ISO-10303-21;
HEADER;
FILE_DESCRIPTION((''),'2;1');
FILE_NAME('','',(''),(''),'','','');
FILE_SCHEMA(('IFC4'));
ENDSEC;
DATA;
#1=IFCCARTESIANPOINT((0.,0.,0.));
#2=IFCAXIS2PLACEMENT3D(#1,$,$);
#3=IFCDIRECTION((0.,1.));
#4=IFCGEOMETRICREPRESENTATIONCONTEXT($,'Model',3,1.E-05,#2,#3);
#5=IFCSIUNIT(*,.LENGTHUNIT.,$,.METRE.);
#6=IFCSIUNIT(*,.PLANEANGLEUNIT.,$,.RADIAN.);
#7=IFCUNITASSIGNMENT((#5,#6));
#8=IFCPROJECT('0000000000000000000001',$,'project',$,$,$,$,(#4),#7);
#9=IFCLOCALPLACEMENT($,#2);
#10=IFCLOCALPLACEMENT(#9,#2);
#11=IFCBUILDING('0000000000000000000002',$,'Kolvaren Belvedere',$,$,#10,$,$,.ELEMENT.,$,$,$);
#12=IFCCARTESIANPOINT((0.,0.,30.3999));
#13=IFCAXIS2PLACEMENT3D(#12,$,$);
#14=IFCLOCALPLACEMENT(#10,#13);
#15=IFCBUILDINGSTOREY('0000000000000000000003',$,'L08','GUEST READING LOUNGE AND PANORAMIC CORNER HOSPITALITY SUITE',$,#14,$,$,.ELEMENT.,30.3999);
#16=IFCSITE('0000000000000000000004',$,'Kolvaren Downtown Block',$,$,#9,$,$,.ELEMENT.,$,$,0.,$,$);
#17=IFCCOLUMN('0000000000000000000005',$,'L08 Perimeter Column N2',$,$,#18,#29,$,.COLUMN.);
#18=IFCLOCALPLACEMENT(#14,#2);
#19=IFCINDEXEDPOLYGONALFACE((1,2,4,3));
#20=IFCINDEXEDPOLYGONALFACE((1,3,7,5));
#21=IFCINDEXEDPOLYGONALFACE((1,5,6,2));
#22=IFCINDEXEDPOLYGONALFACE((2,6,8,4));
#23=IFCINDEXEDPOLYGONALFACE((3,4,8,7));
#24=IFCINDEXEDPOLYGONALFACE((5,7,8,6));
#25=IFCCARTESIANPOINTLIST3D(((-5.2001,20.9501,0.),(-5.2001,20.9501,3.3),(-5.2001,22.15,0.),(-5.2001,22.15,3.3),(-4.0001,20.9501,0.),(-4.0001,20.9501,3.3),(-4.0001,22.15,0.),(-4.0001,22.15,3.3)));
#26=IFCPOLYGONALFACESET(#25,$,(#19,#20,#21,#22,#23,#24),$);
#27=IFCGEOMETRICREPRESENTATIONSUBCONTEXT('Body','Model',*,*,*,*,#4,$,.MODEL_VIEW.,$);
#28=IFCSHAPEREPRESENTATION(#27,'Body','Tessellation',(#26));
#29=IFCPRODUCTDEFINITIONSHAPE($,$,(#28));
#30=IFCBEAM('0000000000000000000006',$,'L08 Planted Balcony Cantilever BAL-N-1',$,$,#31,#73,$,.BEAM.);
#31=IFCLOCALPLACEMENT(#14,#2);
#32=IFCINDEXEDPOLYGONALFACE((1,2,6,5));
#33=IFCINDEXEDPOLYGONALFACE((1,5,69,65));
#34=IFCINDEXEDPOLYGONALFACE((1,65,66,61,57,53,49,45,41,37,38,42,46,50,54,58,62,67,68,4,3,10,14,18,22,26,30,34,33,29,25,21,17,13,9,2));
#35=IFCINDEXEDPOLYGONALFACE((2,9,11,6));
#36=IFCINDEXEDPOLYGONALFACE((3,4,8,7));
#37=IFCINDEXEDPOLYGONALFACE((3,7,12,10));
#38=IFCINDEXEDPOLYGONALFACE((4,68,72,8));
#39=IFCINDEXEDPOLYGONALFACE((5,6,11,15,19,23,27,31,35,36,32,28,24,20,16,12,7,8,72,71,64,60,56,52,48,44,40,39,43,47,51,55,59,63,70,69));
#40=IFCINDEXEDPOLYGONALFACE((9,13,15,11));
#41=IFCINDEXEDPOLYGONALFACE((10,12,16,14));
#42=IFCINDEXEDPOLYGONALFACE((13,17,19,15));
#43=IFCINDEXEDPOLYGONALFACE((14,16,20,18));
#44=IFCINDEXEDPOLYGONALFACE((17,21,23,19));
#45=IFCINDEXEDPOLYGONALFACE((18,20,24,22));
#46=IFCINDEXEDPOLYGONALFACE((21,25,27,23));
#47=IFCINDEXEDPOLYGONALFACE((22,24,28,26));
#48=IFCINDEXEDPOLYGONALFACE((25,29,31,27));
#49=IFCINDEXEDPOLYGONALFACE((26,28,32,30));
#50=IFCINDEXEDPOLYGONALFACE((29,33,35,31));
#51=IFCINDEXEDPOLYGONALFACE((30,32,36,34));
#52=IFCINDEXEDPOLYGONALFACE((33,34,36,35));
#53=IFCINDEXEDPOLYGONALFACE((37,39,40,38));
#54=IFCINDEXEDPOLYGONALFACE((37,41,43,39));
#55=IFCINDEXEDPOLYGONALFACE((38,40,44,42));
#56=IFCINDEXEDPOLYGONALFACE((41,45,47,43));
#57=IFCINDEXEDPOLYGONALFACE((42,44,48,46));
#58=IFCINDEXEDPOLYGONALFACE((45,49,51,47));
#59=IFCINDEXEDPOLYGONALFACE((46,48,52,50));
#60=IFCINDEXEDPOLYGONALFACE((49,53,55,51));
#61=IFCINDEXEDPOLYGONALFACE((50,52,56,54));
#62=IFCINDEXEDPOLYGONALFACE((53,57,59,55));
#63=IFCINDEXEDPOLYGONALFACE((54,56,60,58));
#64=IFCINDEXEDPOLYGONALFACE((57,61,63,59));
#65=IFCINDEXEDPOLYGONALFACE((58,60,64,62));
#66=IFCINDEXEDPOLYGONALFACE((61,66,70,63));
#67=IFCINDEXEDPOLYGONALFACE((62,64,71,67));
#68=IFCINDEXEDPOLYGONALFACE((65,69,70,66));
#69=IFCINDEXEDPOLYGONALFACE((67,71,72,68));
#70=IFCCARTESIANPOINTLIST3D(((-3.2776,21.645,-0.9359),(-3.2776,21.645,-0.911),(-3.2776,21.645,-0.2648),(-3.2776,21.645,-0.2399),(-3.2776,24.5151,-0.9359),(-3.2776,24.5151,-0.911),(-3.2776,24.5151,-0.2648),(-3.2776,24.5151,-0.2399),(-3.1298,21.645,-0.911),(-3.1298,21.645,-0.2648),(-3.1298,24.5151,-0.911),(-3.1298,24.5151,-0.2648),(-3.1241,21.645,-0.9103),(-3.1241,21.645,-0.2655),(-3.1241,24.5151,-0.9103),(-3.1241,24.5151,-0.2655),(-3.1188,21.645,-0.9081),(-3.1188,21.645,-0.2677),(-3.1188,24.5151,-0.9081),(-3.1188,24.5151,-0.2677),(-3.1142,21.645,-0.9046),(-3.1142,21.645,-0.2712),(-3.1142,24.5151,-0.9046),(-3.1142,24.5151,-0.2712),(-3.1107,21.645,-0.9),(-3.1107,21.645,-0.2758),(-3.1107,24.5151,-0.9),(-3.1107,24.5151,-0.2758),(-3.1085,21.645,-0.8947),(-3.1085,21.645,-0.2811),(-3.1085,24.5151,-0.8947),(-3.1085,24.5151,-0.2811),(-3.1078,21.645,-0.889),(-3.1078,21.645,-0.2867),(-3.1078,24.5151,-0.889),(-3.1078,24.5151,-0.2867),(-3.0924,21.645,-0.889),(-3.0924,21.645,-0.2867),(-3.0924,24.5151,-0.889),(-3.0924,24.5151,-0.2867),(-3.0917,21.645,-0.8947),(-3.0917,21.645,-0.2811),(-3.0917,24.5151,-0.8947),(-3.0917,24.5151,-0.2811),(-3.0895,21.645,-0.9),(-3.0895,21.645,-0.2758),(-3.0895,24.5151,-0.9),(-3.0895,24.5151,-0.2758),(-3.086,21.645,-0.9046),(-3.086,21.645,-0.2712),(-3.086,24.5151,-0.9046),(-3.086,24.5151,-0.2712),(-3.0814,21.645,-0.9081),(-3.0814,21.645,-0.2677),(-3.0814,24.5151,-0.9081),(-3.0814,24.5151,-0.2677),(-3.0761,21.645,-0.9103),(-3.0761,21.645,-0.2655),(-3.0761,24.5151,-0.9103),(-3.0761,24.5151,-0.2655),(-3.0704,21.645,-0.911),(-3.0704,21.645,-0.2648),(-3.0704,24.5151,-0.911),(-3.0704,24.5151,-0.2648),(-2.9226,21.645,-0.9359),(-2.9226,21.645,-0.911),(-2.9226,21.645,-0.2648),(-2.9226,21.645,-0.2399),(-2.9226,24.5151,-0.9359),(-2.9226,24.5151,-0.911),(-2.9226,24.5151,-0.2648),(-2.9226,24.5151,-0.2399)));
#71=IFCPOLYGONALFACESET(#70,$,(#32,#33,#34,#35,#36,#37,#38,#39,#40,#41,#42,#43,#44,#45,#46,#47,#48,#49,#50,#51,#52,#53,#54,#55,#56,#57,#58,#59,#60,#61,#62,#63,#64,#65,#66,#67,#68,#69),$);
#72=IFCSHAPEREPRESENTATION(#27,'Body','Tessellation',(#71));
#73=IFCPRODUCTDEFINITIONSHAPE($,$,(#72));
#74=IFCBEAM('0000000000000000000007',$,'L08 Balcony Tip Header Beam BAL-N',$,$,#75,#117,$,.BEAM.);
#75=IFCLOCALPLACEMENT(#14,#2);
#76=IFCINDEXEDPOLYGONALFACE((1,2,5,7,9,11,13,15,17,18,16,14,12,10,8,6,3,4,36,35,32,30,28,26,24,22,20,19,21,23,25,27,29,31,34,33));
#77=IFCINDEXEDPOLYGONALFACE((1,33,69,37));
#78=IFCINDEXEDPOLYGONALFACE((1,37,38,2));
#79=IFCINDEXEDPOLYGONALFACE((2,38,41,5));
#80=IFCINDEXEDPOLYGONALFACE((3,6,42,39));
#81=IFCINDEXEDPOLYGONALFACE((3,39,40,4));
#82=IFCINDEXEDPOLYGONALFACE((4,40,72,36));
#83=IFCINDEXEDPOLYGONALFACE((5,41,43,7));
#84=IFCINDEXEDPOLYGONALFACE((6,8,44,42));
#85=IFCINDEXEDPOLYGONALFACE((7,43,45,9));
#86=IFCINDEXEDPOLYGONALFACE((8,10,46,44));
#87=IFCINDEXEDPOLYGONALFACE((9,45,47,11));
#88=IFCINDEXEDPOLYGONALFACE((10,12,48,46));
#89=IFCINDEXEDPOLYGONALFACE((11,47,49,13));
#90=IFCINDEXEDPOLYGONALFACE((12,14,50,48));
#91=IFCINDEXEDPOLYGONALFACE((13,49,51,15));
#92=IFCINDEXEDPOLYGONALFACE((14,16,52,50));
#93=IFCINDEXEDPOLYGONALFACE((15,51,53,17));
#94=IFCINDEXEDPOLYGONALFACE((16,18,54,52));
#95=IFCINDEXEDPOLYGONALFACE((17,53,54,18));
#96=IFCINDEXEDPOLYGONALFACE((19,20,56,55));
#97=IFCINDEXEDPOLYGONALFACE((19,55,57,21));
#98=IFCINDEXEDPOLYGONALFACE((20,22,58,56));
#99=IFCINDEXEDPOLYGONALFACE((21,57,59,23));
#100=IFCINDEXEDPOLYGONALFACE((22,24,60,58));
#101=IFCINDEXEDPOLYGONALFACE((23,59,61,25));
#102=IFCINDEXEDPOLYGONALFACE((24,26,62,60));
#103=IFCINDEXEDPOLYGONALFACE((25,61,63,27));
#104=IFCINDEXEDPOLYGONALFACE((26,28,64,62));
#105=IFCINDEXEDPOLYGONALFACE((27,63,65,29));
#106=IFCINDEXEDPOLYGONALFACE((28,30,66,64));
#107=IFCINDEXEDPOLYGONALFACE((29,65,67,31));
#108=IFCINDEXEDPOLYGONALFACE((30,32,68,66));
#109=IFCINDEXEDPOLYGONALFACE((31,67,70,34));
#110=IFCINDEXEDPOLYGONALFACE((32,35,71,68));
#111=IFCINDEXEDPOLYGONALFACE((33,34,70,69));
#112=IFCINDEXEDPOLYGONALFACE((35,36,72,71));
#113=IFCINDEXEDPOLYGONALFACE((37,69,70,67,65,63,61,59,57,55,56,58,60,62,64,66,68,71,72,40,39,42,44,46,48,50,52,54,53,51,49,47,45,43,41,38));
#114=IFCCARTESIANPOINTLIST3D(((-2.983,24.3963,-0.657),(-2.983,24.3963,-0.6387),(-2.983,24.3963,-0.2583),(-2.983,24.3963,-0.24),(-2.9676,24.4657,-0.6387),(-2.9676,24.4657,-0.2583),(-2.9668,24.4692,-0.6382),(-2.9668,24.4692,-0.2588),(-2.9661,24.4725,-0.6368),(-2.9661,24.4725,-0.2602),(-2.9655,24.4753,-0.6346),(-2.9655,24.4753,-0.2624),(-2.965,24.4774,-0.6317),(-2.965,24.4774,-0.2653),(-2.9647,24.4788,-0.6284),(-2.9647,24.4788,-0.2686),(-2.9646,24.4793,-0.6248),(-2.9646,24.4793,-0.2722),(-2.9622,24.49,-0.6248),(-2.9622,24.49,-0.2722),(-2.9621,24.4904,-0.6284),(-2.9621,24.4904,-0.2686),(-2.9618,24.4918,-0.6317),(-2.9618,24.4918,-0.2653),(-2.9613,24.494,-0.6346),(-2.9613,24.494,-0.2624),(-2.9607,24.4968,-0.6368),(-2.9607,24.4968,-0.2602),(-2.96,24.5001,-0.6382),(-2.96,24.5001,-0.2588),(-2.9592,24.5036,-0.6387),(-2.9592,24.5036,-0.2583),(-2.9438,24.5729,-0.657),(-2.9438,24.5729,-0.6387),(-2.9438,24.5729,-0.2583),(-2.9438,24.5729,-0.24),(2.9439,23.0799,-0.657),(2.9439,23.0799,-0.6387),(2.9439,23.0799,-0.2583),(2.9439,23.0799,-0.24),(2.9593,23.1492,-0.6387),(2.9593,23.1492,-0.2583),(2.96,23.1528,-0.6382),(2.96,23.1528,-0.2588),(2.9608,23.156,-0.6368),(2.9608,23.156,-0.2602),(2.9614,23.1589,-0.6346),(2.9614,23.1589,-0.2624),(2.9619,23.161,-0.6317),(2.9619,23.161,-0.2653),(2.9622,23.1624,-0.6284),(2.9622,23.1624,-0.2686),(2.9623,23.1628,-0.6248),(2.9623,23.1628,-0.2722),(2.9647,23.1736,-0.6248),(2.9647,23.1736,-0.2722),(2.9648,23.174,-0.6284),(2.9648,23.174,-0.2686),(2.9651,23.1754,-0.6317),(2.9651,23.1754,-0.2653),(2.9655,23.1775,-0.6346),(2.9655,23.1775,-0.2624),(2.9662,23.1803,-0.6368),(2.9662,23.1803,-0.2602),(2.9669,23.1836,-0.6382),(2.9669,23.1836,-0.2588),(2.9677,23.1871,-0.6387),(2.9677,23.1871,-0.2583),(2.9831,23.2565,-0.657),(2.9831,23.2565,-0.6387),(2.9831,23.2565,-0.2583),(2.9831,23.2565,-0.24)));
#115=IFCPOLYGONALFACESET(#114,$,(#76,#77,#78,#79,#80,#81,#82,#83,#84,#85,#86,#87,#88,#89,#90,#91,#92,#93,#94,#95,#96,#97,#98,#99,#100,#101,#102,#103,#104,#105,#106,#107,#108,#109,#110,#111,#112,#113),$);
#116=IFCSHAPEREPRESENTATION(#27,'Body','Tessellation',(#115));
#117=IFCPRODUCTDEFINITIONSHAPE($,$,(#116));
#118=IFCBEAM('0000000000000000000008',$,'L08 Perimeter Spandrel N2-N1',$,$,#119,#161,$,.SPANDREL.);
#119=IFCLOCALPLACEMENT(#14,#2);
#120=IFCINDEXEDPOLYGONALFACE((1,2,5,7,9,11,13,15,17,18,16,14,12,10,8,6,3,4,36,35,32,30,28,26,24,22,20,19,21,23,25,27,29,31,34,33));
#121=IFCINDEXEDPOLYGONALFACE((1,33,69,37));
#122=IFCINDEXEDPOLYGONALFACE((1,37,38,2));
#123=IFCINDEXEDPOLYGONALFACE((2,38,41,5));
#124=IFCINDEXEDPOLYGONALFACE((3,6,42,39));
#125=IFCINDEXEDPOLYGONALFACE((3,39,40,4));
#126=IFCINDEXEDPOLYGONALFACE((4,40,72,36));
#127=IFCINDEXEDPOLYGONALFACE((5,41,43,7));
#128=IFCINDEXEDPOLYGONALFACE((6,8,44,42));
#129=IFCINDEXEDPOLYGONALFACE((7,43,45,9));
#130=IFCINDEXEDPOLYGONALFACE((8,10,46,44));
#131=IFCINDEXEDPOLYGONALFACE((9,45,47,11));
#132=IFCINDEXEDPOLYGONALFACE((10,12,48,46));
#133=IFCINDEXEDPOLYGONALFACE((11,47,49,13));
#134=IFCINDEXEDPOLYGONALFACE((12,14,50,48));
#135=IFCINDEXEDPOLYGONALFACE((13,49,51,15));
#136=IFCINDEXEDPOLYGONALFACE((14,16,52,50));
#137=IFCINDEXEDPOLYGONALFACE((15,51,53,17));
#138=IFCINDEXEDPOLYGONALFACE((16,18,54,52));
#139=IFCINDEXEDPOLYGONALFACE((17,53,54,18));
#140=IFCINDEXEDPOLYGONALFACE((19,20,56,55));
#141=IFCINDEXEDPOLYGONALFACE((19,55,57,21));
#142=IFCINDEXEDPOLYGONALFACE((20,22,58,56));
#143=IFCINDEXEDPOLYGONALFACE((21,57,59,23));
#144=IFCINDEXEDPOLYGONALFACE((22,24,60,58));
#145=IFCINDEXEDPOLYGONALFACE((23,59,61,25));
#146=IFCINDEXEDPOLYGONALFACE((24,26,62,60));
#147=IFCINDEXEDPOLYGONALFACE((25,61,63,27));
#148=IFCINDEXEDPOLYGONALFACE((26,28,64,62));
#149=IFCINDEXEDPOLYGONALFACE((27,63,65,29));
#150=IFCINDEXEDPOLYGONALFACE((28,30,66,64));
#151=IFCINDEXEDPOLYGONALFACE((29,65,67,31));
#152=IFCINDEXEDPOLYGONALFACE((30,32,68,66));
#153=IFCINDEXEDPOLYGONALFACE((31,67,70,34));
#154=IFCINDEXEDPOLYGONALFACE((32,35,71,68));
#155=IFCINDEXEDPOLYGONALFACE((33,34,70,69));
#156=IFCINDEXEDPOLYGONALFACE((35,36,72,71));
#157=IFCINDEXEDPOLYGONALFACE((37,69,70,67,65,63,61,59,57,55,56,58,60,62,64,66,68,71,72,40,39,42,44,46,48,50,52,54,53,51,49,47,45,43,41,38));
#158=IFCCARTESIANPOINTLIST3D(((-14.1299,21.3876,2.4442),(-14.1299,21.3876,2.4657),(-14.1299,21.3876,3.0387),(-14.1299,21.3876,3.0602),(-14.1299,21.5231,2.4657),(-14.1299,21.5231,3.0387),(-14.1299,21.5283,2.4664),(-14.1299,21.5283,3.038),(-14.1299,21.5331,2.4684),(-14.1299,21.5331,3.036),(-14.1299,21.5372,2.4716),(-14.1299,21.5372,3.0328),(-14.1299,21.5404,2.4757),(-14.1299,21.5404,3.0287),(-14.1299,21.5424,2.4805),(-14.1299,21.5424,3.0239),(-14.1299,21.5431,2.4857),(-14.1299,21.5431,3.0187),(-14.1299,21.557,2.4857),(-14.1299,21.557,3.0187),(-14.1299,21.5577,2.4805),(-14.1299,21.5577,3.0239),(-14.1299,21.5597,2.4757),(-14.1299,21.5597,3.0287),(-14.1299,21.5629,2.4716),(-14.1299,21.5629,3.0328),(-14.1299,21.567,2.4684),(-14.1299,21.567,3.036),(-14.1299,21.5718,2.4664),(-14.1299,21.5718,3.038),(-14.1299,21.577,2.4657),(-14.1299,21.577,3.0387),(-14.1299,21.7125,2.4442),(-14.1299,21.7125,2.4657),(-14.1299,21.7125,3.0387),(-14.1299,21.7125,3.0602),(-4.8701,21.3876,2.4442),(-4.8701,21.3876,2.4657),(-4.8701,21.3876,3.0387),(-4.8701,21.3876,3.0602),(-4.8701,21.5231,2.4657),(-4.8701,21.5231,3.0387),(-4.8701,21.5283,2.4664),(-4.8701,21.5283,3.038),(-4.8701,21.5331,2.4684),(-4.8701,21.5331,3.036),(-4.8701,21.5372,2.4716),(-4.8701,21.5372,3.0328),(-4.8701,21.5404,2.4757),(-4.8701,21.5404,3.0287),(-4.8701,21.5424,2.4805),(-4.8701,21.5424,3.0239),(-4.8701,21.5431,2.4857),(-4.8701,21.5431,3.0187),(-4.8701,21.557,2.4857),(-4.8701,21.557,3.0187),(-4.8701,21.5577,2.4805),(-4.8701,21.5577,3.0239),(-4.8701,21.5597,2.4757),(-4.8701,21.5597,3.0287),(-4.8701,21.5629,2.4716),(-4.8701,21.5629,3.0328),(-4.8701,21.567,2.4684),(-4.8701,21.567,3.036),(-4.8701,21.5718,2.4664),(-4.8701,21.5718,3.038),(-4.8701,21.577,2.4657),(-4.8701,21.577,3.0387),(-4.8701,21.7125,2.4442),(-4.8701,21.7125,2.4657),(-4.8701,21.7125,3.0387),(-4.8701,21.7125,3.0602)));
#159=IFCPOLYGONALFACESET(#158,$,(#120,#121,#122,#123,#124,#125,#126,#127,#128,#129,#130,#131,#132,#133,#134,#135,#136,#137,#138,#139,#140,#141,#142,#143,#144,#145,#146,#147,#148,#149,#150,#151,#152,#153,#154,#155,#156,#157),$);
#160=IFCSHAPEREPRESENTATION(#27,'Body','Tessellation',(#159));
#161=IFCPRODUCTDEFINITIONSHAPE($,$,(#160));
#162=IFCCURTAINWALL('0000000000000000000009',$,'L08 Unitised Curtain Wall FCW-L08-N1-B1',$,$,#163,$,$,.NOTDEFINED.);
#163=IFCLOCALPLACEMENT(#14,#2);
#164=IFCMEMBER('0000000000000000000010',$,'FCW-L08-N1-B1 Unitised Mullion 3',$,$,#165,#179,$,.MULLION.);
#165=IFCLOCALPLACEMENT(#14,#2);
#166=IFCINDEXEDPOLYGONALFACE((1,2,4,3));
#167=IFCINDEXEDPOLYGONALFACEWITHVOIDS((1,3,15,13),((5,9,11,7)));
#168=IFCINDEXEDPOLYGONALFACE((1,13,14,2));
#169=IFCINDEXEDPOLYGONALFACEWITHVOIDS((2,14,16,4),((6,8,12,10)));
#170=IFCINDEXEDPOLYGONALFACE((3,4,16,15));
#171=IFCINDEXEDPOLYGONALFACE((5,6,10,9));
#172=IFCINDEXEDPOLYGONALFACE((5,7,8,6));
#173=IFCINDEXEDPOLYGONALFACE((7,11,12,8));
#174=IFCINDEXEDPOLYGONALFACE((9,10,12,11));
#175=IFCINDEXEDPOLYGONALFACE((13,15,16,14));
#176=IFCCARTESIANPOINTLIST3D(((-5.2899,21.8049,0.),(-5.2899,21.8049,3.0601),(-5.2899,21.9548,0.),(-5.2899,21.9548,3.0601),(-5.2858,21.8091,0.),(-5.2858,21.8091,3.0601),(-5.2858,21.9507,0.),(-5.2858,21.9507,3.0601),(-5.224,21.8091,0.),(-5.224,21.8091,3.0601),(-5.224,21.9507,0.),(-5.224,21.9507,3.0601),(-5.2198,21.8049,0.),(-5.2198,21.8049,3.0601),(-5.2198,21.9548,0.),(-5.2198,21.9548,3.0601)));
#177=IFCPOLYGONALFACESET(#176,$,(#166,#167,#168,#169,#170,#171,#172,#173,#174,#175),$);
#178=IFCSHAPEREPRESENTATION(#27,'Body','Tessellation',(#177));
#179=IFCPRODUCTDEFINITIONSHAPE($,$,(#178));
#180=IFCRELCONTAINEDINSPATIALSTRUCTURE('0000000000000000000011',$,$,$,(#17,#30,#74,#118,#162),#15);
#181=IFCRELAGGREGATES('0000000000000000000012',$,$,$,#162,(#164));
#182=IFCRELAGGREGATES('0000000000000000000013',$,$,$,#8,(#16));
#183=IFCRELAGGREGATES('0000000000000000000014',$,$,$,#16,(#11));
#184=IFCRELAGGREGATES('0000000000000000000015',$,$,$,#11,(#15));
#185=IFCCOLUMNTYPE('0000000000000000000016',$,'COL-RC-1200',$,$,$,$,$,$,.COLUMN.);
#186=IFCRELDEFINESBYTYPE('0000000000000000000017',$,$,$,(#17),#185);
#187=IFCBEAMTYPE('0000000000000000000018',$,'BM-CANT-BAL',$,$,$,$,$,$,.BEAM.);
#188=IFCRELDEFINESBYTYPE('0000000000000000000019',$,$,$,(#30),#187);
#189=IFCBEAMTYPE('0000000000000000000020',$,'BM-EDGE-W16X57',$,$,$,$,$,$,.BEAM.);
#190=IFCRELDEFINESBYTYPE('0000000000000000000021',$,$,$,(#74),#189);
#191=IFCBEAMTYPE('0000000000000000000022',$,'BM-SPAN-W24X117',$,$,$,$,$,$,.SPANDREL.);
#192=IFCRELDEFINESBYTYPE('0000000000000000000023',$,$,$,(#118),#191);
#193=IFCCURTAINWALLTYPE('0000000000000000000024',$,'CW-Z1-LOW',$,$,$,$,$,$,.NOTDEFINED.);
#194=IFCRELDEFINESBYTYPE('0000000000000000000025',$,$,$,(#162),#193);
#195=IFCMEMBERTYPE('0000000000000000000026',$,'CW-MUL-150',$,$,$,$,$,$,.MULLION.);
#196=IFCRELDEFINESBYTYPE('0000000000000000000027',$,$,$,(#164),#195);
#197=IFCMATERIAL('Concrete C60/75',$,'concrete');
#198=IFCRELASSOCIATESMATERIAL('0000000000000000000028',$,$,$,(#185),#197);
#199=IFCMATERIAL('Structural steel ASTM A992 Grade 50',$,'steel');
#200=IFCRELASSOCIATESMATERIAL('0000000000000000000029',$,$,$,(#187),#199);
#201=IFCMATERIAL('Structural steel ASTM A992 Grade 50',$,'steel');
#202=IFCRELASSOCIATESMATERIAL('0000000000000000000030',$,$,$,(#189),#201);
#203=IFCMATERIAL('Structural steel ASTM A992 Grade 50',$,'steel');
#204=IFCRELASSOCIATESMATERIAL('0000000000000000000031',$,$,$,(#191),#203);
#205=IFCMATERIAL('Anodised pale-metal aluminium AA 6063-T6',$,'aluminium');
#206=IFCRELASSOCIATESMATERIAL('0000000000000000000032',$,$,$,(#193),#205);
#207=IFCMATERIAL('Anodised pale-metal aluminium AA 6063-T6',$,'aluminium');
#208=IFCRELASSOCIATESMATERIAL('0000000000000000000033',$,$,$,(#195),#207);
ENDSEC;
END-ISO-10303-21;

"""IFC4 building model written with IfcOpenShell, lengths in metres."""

from ifc_helpers import new_model, si_unit, direction, frame, origin, origin_2d, place, context, subcontext, project, spatial, rectangle, hollow_rectangle, i_section, extrude, material, material_profile, profile_set, type_object, element, aggregate, save


model = new_model("IFC4")

# Units and contexts
model_context = context("Model", 3, precision=1e-05, world=origin(), true_north=direction((0.0, 1.0)))
body_context = subcontext(model_context, "Body", "Model", "MODEL_VIEW")
ifc_project = project(units=[si_unit("LENGTHUNIT", "METRE"), si_unit("PLANEANGLEUNIT", "RADIAN")], contexts=[model_context])

# Site, building, storey
site_placement = place(None, origin())
site = spatial("IfcSite", under=ifc_project, at=site_placement, Name="Kolvaren Downtown Block", CompositionType="ELEMENT", RefElevation=0.0)
building_placement = place(site_placement, origin())
building = spatial("IfcBuilding", under=site, at=building_placement, Name="Kolvaren Belvedere", CompositionType="ELEMENT")
storey_placement = place(building_placement, frame((0.0, 0.0, 30.3999)))
storey = spatial("IfcBuildingStorey", under=building, at=storey_placement, Name="L08", Description="GUEST READING LOUNGE AND PANORAMIC CORNER HOSPITALITY SUITE", CompositionType="ELEMENT", Elevation=30.3999)

# Column
ifc_material_1 = material(Name="Concrete C60/75", Category="concrete")
ifc_material_profile_1 = material_profile(ifc_material_1, rectangle(XDim=1.2, YDim=1.2, at=origin_2d()), Name="RC 1200X1200")
ifc_profile_set_1 = profile_set([ifc_material_profile_1], Name="Concrete C60/75")
column_type = type_object("IfcColumnType", Name="COL-RC-1200", PredefinedType="COLUMN", material=ifc_profile_set_1)
column_placement = place(storey_placement, frame((-4.6001, 21.55, 0.0), z_axis=(0.0, 0.0, 1.0), x_axis=(1.0, 0.0, 0.0)))
element("IfcColumn", 1, at=column_placement, inside=storey, type_object=column_type, Name="L08 Perimeter Column N2", PredefinedType="COLUMN", context=body_context, shape_type="SweptSolid", body=[
    extrude(rectangle(XDim=1.2, YDim=1.2, at=origin_2d()), origin(), (0.0, 0.0, 1.0), 3.3),
])

# Beams
ifc_material_2 = material(Name="Structural steel ASTM A992 Grade 50", Category="steel")
ifc_material_profile_2 = material_profile(ifc_material_2, i_section(OverallWidth=0.355, OverallDepth=0.696, WebThickness=0.0154, FlangeThickness=0.0249, FilletRadius=0.022, at=origin_2d()), Name="W27X146")
ifc_profile_set_2 = profile_set([ifc_material_profile_2], Name="Structural steel ASTM A992 Grade 50")
beam_type_1 = type_object("IfcBeamType", Name="BM-CANT-BAL", PredefinedType="BEAM", material=ifc_profile_set_2)
beam_1_placement = place(storey_placement, frame((-3.1001, 21.645, -0.5879), z_axis=(0.0, 1.0, 0.0), x_axis=(-1.0, 0.0, 0.0)))
element("IfcBeam", 2, at=beam_1_placement, inside=storey, type_object=beam_type_1, Name="L08 Planted Balcony Cantilever BAL-N-1", PredefinedType="BEAM", context=body_context, shape_type="SweptSolid", body=[
    extrude(i_section(OverallWidth=0.355, OverallDepth=0.696, WebThickness=0.0154, FlangeThickness=0.0249, FilletRadius=0.022, at=origin_2d()), origin(), (0.0, 0.0, 1.0), 2.8701),
])
ifc_material_3 = material(Name="Structural steel ASTM A992 Grade 50", Category="steel")
ifc_material_profile_3 = material_profile(ifc_material_3, i_section(OverallWidth=0.1809, OverallDepth=0.417, WebThickness=0.011, FlangeThickness=0.0183, FilletRadius=0.0139, at=origin_2d()), Name="W16X57")
ifc_profile_set_3 = profile_set([ifc_material_profile_3], Name="Structural steel ASTM A992 Grade 50")
beam_type_2 = type_object("IfcBeamType", Name="BM-EDGE-W16X57", PredefinedType="BEAM", material=ifc_profile_set_3)
beam_2_placement = place(storey_placement, frame((-2.9634, 24.4846, -0.4485), z_axis=(0.97621, -0.216828, 0.0), x_axis=(0.216828, 0.97621, 0.0)))
element("IfcBeam", 3, at=beam_2_placement, inside=storey, type_object=beam_type_2, Name="L08 Balcony Tip Header Beam BAL-N", PredefinedType="BEAM", context=body_context, shape_type="SweptSolid", body=[
    extrude(i_section(OverallWidth=0.1809, OverallDepth=0.417, WebThickness=0.011, FlangeThickness=0.0183, FilletRadius=0.0139, at=origin_2d()), origin(), (0.0, 0.0, 1.0), 6.0713),
])
ifc_material_4 = material(Name="Structural steel ASTM A992 Grade 50", Category="steel")
ifc_material_profile_4 = material_profile(ifc_material_4, i_section(OverallWidth=0.325, OverallDepth=0.616, WebThickness=0.0139, FlangeThickness=0.0215, FilletRadius=0.02, at=origin_2d()), Name="W24X117")
ifc_profile_set_4 = profile_set([ifc_material_profile_4], Name="Structural steel ASTM A992 Grade 50")
beam_type_3 = type_object("IfcBeamType", Name="BM-SPAN-W24X117", PredefinedType="SPANDREL", material=ifc_profile_set_4)
beam_3_placement = place(storey_placement, frame((-4.8701, 21.55, 2.7522), z_axis=(-1.0, 0.0, 0.0), x_axis=(0.0, -1.0, 0.0)))
element("IfcBeam", 4, at=beam_3_placement, inside=storey, type_object=beam_type_3, Name="L08 Perimeter Spandrel N2-N1", PredefinedType="SPANDREL", context=body_context, shape_type="SweptSolid", body=[
    extrude(i_section(OverallWidth=0.325, OverallDepth=0.616, WebThickness=0.0139, FlangeThickness=0.0215, FilletRadius=0.02, at=origin_2d()), origin(), (0.0, 0.0, 1.0), 9.2598),
])

# Curtain wall, member
ifc_material_5 = material(Name="Anodised pale-metal aluminium AA 6063-T6", Category="aluminium")
curtain_wall_type = type_object("IfcCurtainWallType", Name="CW-Z1-LOW", PredefinedType="NOTDEFINED", material=ifc_material_5)
curtain_wall_1_placement = place(storey_placement, origin())
curtain_wall_1 = element("IfcCurtainWall", 5, at=curtain_wall_1_placement, inside=storey, type_object=curtain_wall_type, Name="L08 Unitised Curtain Wall FCW-L08-N1-B1", PredefinedType="NOTDEFINED")
ifc_material_6 = material(Name="Anodised pale-metal aluminium AA 6063-T6", Category="aluminium")
ifc_material_profile_5 = material_profile(ifc_material_6, hollow_rectangle(XDim=0.0701, YDim=0.1499, WallThickness=0.0042, at=origin_2d()), Name="ALU-MUL-150X70")
ifc_profile_set_5 = profile_set([ifc_material_profile_5], Name="Anodised pale-metal aluminium AA 6063-T6")
member_type_1 = type_object("IfcMemberType", Name="CW-MUL-150", PredefinedType="MULLION", material=ifc_profile_set_5)
member_1_placement = place(storey_placement, frame((-5.2549, 21.8799, 0.0), z_axis=(0.0, 0.0, 1.0), x_axis=(1.0, 0.0, 0.0)))
member_1 = element("IfcMember", 6, at=member_1_placement, type_object=member_type_1, Name="FCW-L08-N1-B1 Unitised Mullion 3", PredefinedType="MULLION", context=body_context, shape_type="SweptSolid", body=[
    extrude(hollow_rectangle(XDim=0.0701, YDim=0.1499, WallThickness=0.0042, at=origin_2d()), origin(), (0.0, 0.0, 1.0), 3.0601),
])
aggregate(curtain_wall_1, [member_1])

save(model, "model.ifc")
